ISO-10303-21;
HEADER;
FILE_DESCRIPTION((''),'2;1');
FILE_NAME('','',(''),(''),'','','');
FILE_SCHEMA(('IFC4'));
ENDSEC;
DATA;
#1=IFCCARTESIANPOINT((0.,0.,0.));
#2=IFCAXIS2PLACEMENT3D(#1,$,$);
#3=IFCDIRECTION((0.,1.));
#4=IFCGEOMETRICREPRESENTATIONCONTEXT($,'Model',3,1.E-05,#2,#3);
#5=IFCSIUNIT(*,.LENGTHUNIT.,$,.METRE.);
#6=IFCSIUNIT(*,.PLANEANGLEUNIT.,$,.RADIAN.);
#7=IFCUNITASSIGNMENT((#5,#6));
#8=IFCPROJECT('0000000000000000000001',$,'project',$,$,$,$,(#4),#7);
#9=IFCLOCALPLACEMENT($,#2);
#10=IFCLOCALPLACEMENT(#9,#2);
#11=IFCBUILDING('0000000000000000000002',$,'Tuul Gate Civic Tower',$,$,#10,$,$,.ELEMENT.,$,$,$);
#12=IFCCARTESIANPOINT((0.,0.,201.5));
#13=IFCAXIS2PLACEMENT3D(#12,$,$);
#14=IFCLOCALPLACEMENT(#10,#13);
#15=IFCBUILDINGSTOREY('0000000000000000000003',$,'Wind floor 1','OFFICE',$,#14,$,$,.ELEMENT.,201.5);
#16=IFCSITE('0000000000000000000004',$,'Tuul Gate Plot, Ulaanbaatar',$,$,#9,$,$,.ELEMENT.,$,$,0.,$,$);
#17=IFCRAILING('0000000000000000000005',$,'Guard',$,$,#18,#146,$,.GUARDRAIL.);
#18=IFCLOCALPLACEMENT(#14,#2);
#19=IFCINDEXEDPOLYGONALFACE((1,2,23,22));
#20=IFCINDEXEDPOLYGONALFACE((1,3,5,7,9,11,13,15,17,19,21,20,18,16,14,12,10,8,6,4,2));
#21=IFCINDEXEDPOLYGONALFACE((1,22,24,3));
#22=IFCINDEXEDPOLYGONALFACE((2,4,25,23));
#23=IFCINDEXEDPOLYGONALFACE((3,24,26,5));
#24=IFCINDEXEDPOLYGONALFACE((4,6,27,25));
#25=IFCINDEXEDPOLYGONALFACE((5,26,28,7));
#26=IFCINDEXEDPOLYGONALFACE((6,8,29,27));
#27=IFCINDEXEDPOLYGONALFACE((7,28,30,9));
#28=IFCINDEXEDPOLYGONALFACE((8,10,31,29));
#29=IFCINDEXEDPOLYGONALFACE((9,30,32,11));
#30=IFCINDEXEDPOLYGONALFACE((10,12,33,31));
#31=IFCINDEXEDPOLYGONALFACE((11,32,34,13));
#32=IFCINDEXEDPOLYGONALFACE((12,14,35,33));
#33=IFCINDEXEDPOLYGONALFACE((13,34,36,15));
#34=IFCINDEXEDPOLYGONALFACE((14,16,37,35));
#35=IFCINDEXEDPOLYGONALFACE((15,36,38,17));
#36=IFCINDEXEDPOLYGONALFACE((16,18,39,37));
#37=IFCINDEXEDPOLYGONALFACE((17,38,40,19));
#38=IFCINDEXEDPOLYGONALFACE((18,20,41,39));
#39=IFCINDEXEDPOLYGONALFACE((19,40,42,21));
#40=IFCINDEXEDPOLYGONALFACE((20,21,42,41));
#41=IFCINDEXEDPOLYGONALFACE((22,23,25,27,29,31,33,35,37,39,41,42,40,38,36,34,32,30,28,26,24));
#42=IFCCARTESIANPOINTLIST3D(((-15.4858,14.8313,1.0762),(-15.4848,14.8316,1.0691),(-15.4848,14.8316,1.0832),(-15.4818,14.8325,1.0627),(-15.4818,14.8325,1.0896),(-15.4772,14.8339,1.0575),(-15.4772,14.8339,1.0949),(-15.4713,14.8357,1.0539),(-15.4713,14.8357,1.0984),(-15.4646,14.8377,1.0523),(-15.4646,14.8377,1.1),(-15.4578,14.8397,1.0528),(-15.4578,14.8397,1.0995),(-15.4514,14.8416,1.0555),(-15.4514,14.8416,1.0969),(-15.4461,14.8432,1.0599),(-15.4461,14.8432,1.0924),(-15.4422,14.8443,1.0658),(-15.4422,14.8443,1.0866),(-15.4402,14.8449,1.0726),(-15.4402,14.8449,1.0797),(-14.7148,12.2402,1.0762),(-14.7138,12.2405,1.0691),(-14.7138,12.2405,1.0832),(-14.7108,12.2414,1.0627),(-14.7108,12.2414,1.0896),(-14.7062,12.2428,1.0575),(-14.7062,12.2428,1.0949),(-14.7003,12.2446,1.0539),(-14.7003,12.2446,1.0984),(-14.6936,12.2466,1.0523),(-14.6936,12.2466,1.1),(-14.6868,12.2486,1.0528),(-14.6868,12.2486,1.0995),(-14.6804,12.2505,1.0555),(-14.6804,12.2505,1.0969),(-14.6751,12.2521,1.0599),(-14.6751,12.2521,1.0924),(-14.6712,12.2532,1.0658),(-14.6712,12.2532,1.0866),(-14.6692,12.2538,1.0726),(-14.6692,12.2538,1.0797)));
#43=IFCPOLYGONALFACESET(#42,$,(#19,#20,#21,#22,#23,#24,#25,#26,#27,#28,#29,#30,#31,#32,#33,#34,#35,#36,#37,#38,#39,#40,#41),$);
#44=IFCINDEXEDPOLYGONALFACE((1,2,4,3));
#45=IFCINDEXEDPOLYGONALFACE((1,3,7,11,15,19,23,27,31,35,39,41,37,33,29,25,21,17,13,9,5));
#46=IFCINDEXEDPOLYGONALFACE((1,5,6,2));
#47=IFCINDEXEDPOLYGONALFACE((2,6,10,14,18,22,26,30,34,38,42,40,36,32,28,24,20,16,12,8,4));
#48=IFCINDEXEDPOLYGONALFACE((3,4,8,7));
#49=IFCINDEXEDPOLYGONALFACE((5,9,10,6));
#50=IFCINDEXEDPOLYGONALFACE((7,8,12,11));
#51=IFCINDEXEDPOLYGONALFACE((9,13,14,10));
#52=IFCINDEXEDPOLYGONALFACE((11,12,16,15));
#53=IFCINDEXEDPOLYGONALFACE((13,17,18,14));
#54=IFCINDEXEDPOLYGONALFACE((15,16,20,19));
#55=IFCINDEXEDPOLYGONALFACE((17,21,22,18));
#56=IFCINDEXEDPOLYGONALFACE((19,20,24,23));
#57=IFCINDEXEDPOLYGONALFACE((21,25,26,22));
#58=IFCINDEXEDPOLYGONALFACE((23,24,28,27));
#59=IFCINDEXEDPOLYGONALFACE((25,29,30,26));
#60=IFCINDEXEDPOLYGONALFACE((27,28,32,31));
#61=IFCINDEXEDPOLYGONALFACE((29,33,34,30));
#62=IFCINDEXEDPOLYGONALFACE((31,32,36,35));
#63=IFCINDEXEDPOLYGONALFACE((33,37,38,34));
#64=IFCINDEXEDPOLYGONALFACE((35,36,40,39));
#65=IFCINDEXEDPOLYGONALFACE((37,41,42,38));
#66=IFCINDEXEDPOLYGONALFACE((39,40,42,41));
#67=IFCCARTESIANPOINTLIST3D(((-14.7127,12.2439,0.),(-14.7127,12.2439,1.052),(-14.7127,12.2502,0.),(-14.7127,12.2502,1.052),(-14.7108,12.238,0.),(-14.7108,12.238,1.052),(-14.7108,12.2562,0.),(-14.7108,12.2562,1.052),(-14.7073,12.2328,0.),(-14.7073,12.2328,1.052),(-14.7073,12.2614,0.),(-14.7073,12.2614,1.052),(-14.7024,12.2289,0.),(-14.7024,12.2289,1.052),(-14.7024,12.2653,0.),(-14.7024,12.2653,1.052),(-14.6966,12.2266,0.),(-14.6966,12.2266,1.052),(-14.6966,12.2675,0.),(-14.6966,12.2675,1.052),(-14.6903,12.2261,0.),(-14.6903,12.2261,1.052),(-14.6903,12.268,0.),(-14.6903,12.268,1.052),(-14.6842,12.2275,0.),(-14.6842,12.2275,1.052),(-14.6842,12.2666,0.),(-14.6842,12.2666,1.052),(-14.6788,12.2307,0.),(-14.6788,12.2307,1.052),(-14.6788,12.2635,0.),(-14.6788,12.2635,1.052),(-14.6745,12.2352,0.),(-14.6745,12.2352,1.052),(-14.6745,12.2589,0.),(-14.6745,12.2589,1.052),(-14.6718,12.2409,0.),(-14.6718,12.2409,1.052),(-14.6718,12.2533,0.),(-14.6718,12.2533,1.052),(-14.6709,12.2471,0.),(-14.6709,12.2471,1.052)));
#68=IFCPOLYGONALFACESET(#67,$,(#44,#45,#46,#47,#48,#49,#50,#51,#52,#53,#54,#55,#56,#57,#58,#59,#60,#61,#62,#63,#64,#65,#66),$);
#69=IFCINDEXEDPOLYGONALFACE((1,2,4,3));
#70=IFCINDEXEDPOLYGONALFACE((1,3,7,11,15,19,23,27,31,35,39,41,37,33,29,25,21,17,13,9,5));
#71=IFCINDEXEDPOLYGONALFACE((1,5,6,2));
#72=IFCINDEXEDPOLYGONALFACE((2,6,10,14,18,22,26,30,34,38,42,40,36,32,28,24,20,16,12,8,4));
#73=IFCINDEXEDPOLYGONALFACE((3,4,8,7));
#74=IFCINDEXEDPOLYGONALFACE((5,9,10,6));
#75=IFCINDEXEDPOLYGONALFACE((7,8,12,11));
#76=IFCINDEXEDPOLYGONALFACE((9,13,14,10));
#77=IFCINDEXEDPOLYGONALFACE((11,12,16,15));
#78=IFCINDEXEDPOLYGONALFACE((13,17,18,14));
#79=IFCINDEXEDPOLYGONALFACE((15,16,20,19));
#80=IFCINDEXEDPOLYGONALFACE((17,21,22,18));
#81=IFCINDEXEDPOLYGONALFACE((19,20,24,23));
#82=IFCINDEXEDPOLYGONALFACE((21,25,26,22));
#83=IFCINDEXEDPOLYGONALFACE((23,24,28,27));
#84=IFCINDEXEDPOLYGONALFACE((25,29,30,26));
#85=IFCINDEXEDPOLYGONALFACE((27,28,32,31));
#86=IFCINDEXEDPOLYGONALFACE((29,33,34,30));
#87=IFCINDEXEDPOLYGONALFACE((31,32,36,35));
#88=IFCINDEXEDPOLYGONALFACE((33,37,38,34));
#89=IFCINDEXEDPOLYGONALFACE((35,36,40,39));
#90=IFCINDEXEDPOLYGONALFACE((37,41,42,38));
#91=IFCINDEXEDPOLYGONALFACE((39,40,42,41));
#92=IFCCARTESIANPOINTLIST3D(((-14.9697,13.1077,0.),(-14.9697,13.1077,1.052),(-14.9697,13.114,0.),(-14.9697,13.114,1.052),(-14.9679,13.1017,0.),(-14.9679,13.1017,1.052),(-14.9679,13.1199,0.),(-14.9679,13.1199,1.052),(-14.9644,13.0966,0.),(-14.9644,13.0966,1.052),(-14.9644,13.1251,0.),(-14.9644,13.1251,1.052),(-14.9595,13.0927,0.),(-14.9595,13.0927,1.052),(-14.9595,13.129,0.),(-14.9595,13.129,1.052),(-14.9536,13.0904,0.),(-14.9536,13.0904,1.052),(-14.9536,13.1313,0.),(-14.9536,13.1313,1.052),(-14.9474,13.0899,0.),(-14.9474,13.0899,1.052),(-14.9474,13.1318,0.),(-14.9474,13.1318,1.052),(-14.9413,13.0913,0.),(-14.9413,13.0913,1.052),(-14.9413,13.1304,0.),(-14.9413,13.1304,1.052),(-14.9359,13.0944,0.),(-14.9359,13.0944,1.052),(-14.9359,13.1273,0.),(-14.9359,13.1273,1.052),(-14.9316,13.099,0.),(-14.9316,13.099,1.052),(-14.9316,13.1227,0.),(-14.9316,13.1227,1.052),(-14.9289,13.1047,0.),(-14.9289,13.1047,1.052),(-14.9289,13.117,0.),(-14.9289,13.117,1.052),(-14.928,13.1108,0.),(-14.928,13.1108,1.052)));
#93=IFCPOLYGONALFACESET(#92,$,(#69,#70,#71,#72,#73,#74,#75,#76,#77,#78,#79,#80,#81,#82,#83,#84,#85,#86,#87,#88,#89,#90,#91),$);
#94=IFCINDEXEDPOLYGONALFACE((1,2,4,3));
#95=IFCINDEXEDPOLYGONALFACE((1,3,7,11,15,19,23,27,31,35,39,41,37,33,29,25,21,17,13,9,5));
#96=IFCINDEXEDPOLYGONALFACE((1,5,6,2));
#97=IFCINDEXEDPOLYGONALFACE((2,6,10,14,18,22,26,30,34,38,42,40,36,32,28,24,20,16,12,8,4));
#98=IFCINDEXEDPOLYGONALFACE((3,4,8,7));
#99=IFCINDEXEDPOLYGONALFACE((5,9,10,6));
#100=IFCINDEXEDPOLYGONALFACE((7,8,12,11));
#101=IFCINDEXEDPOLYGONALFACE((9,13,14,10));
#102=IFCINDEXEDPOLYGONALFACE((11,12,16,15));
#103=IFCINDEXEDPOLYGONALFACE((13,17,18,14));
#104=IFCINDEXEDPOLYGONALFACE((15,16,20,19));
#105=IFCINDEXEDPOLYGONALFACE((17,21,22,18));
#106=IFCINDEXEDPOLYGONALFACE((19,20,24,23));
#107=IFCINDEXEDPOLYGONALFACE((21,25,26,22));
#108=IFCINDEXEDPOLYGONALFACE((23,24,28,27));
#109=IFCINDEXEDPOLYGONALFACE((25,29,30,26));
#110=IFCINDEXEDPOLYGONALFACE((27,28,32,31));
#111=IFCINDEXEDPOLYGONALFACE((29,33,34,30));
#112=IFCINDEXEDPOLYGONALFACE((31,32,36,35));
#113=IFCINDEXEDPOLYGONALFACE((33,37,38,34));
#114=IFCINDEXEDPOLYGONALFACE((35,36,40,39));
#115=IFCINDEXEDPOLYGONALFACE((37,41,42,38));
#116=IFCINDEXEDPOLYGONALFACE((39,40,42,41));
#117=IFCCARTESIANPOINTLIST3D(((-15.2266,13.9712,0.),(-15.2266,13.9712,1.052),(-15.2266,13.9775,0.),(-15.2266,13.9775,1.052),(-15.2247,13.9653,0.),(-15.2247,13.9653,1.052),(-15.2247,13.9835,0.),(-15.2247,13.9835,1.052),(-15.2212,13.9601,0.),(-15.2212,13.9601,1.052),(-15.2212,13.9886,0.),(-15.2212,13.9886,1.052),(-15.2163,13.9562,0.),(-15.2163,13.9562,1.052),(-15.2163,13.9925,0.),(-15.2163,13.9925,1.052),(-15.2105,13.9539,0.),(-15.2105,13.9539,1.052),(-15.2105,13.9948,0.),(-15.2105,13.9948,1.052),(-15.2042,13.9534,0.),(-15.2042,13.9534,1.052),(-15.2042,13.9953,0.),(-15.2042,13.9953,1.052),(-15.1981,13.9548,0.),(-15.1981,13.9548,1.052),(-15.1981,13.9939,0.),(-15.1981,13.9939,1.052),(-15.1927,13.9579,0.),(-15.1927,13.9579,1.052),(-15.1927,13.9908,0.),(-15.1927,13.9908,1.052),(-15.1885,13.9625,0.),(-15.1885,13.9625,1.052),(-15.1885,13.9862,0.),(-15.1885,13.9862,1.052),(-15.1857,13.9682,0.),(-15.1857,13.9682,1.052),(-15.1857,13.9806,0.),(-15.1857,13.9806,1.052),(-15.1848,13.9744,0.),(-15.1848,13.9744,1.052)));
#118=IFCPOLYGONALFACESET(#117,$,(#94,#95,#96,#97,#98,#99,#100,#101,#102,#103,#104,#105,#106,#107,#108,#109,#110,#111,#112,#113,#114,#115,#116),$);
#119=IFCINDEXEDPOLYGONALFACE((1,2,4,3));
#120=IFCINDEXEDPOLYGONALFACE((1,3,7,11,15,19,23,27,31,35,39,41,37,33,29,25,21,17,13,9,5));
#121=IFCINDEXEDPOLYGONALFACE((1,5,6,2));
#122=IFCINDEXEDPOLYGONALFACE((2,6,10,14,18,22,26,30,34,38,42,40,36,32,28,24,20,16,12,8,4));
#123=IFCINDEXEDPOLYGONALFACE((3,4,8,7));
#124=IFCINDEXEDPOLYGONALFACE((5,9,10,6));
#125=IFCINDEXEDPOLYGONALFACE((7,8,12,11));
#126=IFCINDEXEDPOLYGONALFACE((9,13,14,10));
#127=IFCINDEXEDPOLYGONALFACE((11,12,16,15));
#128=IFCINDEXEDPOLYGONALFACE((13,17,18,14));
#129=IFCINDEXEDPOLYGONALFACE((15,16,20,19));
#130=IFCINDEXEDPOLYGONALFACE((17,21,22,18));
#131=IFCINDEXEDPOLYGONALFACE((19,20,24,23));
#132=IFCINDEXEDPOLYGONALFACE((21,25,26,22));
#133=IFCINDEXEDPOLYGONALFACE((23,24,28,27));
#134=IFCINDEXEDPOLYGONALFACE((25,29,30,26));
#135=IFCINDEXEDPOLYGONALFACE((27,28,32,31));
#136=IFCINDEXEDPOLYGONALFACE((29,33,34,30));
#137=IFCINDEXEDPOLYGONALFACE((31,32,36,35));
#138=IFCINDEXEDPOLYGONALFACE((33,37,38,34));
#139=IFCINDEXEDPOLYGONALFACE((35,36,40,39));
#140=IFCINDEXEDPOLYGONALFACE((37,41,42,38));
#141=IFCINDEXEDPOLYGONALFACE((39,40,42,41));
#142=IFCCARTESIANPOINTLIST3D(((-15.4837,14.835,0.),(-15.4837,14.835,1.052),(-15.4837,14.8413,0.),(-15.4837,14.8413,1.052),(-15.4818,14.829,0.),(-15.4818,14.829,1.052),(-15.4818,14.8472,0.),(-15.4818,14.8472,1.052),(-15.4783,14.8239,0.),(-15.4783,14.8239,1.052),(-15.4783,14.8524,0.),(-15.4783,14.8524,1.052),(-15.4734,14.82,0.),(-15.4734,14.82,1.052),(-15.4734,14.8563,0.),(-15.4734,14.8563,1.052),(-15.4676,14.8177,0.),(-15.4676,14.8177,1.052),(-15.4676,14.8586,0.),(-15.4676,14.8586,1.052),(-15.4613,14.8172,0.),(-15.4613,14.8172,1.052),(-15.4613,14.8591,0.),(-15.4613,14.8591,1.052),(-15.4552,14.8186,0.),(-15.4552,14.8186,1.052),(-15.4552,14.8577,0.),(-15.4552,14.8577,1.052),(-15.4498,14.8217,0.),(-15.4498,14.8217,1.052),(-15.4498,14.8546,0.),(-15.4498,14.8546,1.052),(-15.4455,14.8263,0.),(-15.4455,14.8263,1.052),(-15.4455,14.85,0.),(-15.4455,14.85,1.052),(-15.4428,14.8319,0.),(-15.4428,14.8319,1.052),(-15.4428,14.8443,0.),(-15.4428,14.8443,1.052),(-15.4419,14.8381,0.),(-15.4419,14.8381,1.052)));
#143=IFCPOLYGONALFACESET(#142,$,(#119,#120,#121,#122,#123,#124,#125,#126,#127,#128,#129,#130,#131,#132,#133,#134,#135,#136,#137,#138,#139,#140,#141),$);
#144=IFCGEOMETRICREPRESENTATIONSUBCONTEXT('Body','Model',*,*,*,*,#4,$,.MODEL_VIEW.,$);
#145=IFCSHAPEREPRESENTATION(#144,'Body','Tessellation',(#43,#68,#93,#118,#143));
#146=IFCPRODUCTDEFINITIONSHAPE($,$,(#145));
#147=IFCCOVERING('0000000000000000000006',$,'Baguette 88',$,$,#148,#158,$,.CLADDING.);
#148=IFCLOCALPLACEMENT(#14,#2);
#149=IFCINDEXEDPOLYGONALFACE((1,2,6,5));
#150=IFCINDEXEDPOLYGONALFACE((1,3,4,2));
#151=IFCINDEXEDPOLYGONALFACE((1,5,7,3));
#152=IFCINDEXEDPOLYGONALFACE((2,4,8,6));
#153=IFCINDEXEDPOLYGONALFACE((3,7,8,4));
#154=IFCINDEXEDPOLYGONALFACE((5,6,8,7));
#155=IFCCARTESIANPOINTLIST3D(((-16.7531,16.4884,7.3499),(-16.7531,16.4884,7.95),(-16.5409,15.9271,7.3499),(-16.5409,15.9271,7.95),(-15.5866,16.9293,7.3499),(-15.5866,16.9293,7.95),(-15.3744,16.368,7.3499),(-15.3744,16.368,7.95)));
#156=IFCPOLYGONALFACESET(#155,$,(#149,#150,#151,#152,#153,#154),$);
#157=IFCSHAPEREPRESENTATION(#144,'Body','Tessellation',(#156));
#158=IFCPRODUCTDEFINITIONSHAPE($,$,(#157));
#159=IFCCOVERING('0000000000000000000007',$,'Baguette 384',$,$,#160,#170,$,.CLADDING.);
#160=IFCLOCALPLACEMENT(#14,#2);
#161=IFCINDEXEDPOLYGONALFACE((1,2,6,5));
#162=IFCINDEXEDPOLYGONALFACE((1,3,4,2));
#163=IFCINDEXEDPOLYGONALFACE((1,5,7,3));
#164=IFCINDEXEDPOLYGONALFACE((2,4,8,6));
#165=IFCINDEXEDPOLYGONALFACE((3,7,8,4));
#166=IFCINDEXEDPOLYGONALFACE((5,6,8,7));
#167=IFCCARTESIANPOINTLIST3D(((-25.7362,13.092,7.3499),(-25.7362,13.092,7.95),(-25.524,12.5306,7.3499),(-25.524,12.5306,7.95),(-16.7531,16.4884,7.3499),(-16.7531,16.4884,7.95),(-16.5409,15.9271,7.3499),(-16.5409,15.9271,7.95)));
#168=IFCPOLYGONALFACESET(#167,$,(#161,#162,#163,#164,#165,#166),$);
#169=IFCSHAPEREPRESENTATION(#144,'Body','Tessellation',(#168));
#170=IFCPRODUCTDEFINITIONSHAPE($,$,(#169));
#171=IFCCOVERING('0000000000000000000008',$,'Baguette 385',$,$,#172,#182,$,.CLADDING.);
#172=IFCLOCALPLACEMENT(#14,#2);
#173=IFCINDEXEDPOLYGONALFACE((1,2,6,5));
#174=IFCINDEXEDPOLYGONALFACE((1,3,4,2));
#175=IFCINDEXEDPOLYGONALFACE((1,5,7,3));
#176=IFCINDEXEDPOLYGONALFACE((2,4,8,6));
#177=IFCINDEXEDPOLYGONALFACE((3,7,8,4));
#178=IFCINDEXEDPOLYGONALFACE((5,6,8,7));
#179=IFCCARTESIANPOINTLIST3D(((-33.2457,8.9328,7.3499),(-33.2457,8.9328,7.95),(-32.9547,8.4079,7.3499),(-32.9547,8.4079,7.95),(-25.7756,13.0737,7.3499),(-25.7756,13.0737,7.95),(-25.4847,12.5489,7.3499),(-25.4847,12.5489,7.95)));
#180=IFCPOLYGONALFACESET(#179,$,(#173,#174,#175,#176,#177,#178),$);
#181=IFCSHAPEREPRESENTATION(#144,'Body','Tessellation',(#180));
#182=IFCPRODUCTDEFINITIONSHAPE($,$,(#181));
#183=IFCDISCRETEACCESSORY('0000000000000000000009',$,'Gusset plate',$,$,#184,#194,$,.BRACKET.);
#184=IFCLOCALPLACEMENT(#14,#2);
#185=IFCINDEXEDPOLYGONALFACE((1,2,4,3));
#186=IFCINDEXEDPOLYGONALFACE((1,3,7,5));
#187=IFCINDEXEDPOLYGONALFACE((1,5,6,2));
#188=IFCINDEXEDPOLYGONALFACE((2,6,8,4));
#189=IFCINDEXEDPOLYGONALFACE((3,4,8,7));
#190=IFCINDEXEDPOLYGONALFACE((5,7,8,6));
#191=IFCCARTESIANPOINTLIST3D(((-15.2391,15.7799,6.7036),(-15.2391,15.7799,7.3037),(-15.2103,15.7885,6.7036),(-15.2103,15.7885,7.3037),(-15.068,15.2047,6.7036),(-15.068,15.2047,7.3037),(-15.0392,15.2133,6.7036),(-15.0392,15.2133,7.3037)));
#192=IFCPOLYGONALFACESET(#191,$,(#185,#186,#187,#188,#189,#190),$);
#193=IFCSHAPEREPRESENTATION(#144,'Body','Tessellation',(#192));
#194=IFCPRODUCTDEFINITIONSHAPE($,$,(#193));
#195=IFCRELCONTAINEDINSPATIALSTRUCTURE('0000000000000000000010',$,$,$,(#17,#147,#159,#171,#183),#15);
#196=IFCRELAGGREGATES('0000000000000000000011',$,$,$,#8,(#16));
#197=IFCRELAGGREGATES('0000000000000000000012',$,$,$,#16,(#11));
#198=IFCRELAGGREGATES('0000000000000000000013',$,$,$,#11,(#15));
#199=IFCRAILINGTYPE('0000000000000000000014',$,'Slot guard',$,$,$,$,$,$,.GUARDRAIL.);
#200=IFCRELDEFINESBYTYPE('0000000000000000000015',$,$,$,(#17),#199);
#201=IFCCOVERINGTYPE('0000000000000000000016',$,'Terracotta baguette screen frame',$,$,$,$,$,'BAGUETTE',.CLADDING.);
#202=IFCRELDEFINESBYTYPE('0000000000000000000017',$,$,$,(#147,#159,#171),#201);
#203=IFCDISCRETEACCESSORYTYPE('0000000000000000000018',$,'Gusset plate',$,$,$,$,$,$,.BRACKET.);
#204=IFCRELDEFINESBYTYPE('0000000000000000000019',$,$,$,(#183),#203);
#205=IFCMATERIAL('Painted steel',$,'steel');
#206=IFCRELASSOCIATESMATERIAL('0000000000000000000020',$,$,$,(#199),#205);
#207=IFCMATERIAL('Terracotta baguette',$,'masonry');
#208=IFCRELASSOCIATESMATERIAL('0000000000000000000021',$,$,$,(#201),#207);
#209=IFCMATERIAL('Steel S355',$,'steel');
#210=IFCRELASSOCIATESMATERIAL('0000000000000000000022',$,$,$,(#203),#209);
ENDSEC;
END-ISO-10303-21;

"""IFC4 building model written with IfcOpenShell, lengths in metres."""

from ifc_helpers import new_model, si_unit, direction, frame, origin, origin_2d, place, context, subcontext, project, spatial, rectangle, circle, extrude, material, material_profile, profile_set, type_object, element, save


model = new_model("IFC4")

# Units and contexts
model_context = context("Model", 3, precision=1e-05, world=origin(), true_north=direction((0.0, 1.0)))
body_context = subcontext(model_context, "Body", "Model", "MODEL_VIEW")
ifc_project = project(units=[si_unit("LENGTHUNIT", "METRE"), si_unit("PLANEANGLEUNIT", "RADIAN")], contexts=[model_context])

# Site, building, storey
site_placement = place(None, origin())
site = spatial("IfcSite", under=ifc_project, at=site_placement, Name="Tuul Gate Plot, Ulaanbaatar", CompositionType="ELEMENT", RefElevation=0.0)
building_placement = place(site_placement, origin())
building = spatial("IfcBuilding", under=site, at=building_placement, Name="Tuul Gate Civic Tower", CompositionType="ELEMENT")
storey_placement = place(building_placement, frame((0.0, 0.0, 201.5)))
storey = spatial("IfcBuildingStorey", under=building, at=storey_placement, Name="Wind floor 1", Description="OFFICE", CompositionType="ELEMENT", Elevation=201.5)

# Railing
ifc_material_1 = material(Name="Painted steel", Category="steel")
railing_type = type_object("IfcRailingType", Name="Slot guard", PredefinedType="GUARDRAIL", material=ifc_material_1)
railing_1_placement = place(storey_placement, frame((-14.6919, 12.2471, 0.0)))
element("IfcRailing", 1, at=railing_1_placement, inside=storey, type_object=railing_type, Name="Guard", PredefinedType="GUARDRAIL", context=body_context, shape_type="SweptSolid", body=[
    extrude(circle(Radius=0.0239, at=origin_2d()), frame((0.0, 0.0, 1.0762), z_axis=(-0.285201, 0.958468, 0.0), x_axis=(-0.958468, -0.285201, 0.0)), (0.0, 0.0, 1.0), 2.7034),
    extrude(circle(Radius=0.021, at=origin_2d()), origin(), (0.0, 0.0, 1.0), 1.052),
    extrude(circle(Radius=0.021, at=origin_2d()), frame((-0.2571, 0.8638, 0.0)), (0.0, 0.0, 1.0), 1.052),
    extrude(circle(Radius=0.021, at=origin_2d()), frame((-0.5139, 1.7273, 0.0)), (0.0, 0.0, 1.0), 1.052),
    extrude(circle(Radius=0.021, at=origin_2d()), frame((-0.771, 2.5911, 0.0)), (0.0, 0.0, 1.0), 1.052),
])

# Coverings
ifc_material_2 = material(Name="Terracotta baguette", Category="masonry")
ifc_material_profile_1 = material_profile(ifc_material_2, rectangle(XDim=0.6001, YDim=0.6001, at=origin_2d()), Name="Terracotta baguette screen frame")
ifc_profile_set_1 = profile_set([ifc_material_profile_1], Name="Terracotta baguette")
covering_type = type_object("IfcCoveringType", Name="Terracotta baguette screen frame", ElementType="BAGUETTE", PredefinedType="CLADDING", material=ifc_profile_set_1)
covering_1_placement = place(storey_placement, frame((-15.4805, 16.6487, 7.6499), z_axis=(-0.935409, -0.353568, 0.0), x_axis=(0.353568, -0.935409, 0.0)))
element("IfcCovering", 2, at=covering_1_placement, inside=storey, type_object=covering_type, Name="Baguette 88", PredefinedType="CLADDING", context=body_context, shape_type="SweptSolid", body=[
    extrude(rectangle(XDim=0.6001, YDim=0.6001, at=origin_2d()), origin(), (0.0, 0.0, 1.0), 1.2471),
])
covering_2_placement = place(storey_placement, frame((-16.647, 16.2078, 7.6499), z_axis=(-0.935374, -0.35366, 0.0), x_axis=(0.35366, -0.935374, 0.0)))
element("IfcCovering", 3, at=covering_2_placement, inside=storey, type_object=covering_type, Name="Baguette 384", PredefinedType="CLADDING", context=body_context, shape_type="SweptSolid", body=[
    extrude(rectangle(XDim=0.6001, YDim=0.6001, at=origin_2d()), origin(), (0.0, 0.0, 1.0), 9.6038),
])
covering_3_placement = place(storey_placement, frame((-25.6301, 12.8113, 7.6499), z_axis=(-0.87461, -0.484827, 0.0), x_axis=(0.484827, -0.87461, 0.0)))
element("IfcCovering", 4, at=covering_3_placement, inside=storey, type_object=covering_type, Name="Baguette 385", PredefinedType="CLADDING", context=body_context, shape_type="SweptSolid", body=[
    extrude(rectangle(XDim=0.6001, YDim=0.6001, at=origin_2d()), origin(), (0.0, 0.0, 1.0), 8.541),
])

# Discrete accessory
ifc_material_3 = material(Name="Steel S355", Category="steel")
discrete_accessory_type = type_object("IfcDiscreteAccessoryType", Name="Gusset plate", PredefinedType="BRACKET", material=ifc_material_3)
discrete_accessory_placement = place(storey_placement, frame((-15.1392, 15.4966, 6.7036), z_axis=(0.0, 0.0, 1.0), x_axis=(0.285212, -0.958464, 0.0)))
element("IfcDiscreteAccessory", 5, at=discrete_accessory_placement, inside=storey, type_object=discrete_accessory_type, Name="Gusset plate", PredefinedType="BRACKET", context=body_context, shape_type="SweptSolid", body=[
    extrude(rectangle(XDim=0.6001, YDim=0.03, at=origin_2d()), origin(), (0.0, 0.0, 1.0), 0.6001),
])

save(model, "model.ifc")
